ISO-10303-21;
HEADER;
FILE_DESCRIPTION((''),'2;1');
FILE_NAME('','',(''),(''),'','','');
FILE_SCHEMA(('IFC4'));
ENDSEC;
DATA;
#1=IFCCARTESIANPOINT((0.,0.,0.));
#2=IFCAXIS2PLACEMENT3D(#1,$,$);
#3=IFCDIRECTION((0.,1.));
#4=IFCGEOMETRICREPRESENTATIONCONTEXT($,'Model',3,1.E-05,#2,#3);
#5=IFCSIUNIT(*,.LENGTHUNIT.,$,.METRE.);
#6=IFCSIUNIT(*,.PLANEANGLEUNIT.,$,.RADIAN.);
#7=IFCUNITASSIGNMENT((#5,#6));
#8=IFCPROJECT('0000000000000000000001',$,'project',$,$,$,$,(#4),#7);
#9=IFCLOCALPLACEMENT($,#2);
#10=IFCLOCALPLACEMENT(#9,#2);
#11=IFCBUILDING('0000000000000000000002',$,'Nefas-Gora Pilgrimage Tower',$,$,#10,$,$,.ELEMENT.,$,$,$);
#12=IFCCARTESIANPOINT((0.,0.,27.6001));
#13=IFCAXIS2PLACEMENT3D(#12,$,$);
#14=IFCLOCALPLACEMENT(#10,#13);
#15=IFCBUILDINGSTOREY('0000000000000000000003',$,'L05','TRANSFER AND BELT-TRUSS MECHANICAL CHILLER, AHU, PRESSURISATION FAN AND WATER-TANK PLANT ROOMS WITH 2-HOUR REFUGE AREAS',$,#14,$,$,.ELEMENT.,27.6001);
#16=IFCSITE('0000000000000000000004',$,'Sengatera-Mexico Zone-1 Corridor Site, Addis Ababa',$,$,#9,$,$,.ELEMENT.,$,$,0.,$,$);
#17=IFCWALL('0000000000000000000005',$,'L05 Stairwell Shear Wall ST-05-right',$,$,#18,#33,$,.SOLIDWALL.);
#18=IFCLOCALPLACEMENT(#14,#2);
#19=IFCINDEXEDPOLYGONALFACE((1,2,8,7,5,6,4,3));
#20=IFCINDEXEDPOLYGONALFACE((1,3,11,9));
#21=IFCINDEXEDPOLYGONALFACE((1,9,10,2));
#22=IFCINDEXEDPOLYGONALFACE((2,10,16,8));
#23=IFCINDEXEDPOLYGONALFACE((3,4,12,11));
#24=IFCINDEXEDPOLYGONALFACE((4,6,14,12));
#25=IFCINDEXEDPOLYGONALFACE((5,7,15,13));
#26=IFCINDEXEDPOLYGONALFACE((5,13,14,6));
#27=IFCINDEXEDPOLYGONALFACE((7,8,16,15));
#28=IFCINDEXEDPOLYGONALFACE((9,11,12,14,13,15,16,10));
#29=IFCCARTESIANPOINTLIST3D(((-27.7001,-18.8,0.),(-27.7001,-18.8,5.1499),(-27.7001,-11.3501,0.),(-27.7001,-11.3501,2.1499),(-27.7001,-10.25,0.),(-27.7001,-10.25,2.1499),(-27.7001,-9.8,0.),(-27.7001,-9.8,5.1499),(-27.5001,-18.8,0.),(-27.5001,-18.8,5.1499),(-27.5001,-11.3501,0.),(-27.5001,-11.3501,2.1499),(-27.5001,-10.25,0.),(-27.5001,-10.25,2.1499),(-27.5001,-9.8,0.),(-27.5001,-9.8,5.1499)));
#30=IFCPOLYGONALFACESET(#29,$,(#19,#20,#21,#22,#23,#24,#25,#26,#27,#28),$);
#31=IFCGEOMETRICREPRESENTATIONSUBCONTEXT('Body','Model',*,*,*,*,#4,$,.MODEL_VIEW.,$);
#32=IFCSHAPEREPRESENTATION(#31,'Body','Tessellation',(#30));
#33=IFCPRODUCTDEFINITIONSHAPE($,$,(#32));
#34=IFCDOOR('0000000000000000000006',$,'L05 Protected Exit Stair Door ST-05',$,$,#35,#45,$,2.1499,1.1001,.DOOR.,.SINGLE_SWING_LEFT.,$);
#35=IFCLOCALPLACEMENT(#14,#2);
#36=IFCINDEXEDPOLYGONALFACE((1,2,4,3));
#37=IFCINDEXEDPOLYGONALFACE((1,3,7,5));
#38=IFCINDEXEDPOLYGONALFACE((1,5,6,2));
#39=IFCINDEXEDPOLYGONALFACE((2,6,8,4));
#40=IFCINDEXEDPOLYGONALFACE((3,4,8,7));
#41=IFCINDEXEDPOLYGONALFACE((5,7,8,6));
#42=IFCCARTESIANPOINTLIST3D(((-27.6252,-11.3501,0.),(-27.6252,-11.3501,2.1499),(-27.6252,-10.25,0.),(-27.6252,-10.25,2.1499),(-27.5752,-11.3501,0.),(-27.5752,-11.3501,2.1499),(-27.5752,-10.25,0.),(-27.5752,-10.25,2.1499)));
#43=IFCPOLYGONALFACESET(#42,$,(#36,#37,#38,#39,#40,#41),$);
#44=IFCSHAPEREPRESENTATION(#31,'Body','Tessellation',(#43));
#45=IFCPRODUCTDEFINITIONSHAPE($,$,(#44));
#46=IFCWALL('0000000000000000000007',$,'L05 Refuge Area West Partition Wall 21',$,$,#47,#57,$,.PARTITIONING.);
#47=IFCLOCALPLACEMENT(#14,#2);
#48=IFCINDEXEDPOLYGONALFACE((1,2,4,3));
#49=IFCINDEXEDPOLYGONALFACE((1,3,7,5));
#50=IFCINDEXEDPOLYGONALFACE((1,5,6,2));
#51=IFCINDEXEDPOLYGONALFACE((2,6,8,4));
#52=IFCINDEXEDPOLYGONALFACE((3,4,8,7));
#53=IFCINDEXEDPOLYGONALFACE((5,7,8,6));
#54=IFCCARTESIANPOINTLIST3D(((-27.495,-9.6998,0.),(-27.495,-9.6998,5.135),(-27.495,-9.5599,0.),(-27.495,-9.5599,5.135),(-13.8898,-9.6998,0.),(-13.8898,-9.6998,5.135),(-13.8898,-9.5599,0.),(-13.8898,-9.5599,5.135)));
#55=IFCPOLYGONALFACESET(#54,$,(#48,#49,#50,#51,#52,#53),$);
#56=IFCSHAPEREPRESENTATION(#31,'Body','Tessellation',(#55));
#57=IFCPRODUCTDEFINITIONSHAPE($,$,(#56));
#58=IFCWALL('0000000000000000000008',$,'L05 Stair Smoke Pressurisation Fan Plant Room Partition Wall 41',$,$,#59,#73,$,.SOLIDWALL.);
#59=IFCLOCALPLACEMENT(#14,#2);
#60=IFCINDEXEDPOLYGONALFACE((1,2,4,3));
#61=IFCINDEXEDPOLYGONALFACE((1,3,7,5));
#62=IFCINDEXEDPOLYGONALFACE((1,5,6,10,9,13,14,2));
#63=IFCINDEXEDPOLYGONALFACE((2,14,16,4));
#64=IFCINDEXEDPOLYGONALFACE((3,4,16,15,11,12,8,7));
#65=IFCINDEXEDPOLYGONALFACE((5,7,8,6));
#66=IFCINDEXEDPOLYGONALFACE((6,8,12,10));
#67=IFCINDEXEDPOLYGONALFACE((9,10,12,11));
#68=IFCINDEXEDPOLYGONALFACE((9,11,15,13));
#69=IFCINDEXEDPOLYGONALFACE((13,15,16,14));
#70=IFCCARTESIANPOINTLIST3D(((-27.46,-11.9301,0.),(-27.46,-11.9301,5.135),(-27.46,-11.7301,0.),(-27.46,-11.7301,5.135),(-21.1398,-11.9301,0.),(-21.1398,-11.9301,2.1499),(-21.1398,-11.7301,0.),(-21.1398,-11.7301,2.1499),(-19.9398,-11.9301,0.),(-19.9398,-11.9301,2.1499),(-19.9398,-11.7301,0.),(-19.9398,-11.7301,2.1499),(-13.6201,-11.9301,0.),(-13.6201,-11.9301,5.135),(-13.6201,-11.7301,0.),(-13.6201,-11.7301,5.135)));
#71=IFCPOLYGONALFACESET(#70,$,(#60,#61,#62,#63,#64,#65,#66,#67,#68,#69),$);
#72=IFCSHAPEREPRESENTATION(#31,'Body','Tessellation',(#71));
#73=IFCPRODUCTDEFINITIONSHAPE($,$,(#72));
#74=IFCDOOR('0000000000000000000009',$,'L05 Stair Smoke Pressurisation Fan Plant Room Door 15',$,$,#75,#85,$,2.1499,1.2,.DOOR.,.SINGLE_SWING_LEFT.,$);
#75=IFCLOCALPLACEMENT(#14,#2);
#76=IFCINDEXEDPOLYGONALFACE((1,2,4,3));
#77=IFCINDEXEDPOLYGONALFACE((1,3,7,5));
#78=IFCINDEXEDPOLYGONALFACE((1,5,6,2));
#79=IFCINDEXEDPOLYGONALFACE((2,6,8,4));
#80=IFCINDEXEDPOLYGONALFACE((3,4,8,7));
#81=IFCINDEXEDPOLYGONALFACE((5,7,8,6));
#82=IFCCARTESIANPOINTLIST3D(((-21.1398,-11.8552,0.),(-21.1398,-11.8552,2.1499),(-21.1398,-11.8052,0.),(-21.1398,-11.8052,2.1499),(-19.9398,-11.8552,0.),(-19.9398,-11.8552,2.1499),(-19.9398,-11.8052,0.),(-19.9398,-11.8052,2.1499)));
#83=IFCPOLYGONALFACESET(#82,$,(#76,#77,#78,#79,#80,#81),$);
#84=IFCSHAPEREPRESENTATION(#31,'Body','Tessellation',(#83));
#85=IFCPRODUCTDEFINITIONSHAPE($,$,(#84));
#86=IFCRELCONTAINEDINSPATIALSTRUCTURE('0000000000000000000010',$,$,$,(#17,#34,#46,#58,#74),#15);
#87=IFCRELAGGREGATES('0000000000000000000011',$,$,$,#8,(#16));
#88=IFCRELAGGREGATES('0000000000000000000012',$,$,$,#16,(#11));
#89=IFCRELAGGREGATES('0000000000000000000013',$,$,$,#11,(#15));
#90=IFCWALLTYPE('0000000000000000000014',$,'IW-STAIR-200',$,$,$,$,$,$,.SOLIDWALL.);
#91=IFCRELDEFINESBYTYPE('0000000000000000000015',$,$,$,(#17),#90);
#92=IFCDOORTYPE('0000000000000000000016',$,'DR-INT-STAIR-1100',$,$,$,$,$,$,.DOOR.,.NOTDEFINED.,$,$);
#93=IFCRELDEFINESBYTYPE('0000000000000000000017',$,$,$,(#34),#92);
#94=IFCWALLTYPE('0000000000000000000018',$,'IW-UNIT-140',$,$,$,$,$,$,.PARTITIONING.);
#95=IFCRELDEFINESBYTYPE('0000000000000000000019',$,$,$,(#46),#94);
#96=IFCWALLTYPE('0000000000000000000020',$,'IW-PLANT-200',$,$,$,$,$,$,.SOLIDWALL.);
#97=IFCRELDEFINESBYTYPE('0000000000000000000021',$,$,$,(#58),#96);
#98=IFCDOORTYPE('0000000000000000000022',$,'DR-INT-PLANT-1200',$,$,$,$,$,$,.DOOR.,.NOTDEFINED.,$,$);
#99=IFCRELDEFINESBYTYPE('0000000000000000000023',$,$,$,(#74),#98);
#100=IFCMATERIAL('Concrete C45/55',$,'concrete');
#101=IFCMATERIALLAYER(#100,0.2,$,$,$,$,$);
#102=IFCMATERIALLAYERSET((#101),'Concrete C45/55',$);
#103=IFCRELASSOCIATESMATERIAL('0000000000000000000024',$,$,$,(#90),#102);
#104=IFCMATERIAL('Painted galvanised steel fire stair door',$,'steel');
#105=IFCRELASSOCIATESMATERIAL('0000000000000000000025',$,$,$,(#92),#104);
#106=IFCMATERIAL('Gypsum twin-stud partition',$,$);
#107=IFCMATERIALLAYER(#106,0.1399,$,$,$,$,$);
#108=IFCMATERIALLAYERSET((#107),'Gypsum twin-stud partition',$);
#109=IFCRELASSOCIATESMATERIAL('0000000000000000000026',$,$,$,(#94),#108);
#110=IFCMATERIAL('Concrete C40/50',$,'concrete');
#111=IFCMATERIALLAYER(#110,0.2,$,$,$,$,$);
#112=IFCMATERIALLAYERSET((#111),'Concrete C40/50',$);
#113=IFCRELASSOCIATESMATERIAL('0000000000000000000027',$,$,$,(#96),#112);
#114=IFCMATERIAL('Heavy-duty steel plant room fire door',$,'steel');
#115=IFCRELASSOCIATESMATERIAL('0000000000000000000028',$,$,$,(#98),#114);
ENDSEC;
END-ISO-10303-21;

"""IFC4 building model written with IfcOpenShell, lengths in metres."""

from ifc_helpers import new_model, si_unit, direction, frame, frame_2d, origin, place, context, subcontext, project, spatial, rectangle, extrude, source, transform, mapped, material, layer, layer_set, type_object, element, fill, save


model = new_model("IFC4")

# Units and contexts
model_context = context("Model", 3, precision=1e-05, world=origin(), true_north=direction((0.0, 1.0)))
body_context = subcontext(model_context, "Body", "Model", "MODEL_VIEW")
ifc_project = project(units=[si_unit("LENGTHUNIT", "METRE"), si_unit("PLANEANGLEUNIT", "RADIAN")], contexts=[model_context])

# Site, building, storey
site_placement = place(None, origin())
site = spatial("IfcSite", under=ifc_project, at=site_placement, Name="Sengatera-Mexico Zone-1 Corridor Site, Addis Ababa", CompositionType="ELEMENT", RefElevation=0.0)
building_placement = place(site_placement, origin())
building = spatial("IfcBuilding", under=site, at=building_placement, Name="Nefas-Gora Pilgrimage Tower", CompositionType="ELEMENT")
storey_placement = place(building_placement, frame((0.0, 0.0, 27.6001)))
storey = spatial("IfcBuildingStorey", under=building, at=storey_placement, Name="L05", Description="TRANSFER AND BELT-TRUSS MECHANICAL CHILLER, AHU, PRESSURISATION FAN AND WATER-TANK PLANT ROOMS WITH 2-HOUR REFUGE AREAS", CompositionType="ELEMENT", Elevation=27.6001)

# Shared definitions
ifc_material_1 = material(Name="Concrete C45/55", Category="concrete")
ifc_layer_1 = layer(ifc_material_1, 0.2)
ifc_layer_set_1 = layer_set([ifc_layer_1], Name="Concrete C45/55")
wall_type_1 = type_object("IfcWallType", Name="IW-STAIR-200", PredefinedType="SOLIDWALL", material=ifc_layer_set_1)
shared_shape_1 = source(origin(), body_context, "Body", "SweptSolid", [
    extrude(rectangle(XDim=9.0, YDim=0.2, at=frame_2d((4.5, 0.0))), origin(), (0.0, 0.0, 1.0), 5.1499),
])

# Wall, opening, door
wall_1_placement = place(storey_placement, frame((-27.6001, -9.8, 0.0), z_axis=(0.0, 0.0, 1.0), x_axis=(0.0, -1.0, 0.0)))
wall_1 = element("IfcWall", 1, at=wall_1_placement, inside=storey, type_object=wall_type_1, Name="L05 Stairwell Shear Wall ST-05-right", PredefinedType="SOLIDWALL", context=body_context, shape_type="MappedRepresentation", body=[
    mapped(shared_shape_1, transform((0.0, 0.0, 0.0), x_axis=(1.0, 0.0, 0.0), y_axis=(0.0, 1.0, 0.0), z_axis=(0.0, 0.0, 1.0), scale=1.0)),
])
opening_1_placement = place(wall_1_placement, frame((0.45, 0.0, 0.0)))
opening_1 = element("IfcOpeningElement", 2, at=opening_1_placement, cuts=wall_1, PredefinedType="OPENING", context=body_context, shape_type="SweptSolid", body=[
    extrude(rectangle(XDim=1.1001, YDim=2.1499, at=frame_2d((0.55, 1.075))), frame((0.0, 0.1099, 0.0), z_axis=(0.0, -1.0, 0.0), x_axis=(1.0, 0.0, 0.0)), (0.0, 0.0, 1.0), 0.22),
])
ifc_material_2 = material(Name="Painted galvanised steel fire stair door", Category="steel")
door_type_1 = type_object("IfcDoorType", Name="DR-INT-STAIR-1100", OperationType="NOTDEFINED", PredefinedType="DOOR", material=ifc_material_2)
shared_shape_2 = source(origin(), body_context, "Body", "SweptSolid", [
    extrude(rectangle(XDim=1.1001, YDim=2.1499, at=frame_2d((0.55, 1.075))), frame((0.0, 0.0249, 0.0), z_axis=(0.0, -1.0, 0.0), x_axis=(1.0, 0.0, 0.0)), (0.0, 0.0, 1.0), 0.05),
])
door_1_placement = place(opening_1_placement, origin())
door_1 = element("IfcDoor", 3, at=door_1_placement, inside=storey, type_object=door_type_1, Name="L05 Protected Exit Stair Door ST-05", OperationType="SINGLE_SWING_LEFT", OverallHeight=2.1499, OverallWidth=1.1001, PredefinedType="DOOR", context=body_context, shape_type="MappedRepresentation", body=[
    mapped(shared_shape_2, transform((0.0, 0.0, 0.0), x_axis=(1.0, 0.0, 0.0), y_axis=(0.0, 1.0, 0.0), z_axis=(0.0, 0.0, 1.0), scale=1.0)),
])
fill(opening_1, door_1)

# Wall
ifc_material_3 = material(Name="Gypsum twin-stud partition")
ifc_layer_2 = layer(ifc_material_3, 0.1399)
ifc_layer_set_2 = layer_set([ifc_layer_2], Name="Gypsum twin-stud partition")
wall_type_2 = type_object("IfcWallType", Name="IW-UNIT-140", PredefinedType="PARTITIONING", material=ifc_layer_set_2)
shared_shape_3 = source(origin(), body_context, "Body", "SweptSolid", [
    extrude(rectangle(XDim=13.6052, YDim=0.1399, at=frame_2d((6.8027, 0.0))), origin(), (0.0, 0.0, 1.0), 5.135),
])
wall_2_placement = place(storey_placement, frame((-27.4951, -9.6299, 0.0), z_axis=(0.0, 0.0, 1.0), x_axis=(1.0, 0.0, 0.0)))
element("IfcWall", 4, at=wall_2_placement, inside=storey, type_object=wall_type_2, Name="L05 Refuge Area West Partition Wall 21", PredefinedType="PARTITIONING", context=body_context, shape_type="MappedRepresentation", body=[
    mapped(shared_shape_3, transform((0.0, 0.0, 0.0), x_axis=(1.0, 0.0, 0.0), y_axis=(0.0, 1.0, 0.0), z_axis=(0.0, 0.0, 1.0), scale=1.0)),
])

# Wall, opening, door
ifc_material_4 = material(Name="Concrete C40/50", Category="concrete")
ifc_layer_3 = layer(ifc_material_4, 0.2)
ifc_layer_set_3 = layer_set([ifc_layer_3], Name="Concrete C40/50")
wall_type_3 = type_object("IfcWallType", Name="IW-PLANT-200", PredefinedType="SOLIDWALL", material=ifc_layer_set_3)
shared_shape_4 = source(origin(), body_context, "Body", "SweptSolid", [
    extrude(rectangle(XDim=13.8398, YDim=0.2, at=frame_2d((6.9199, 0.0))), origin(), (0.0, 0.0, 1.0), 5.135),
])
wall_3_placement = place(storey_placement, frame((-27.46, -11.8301, 0.0), z_axis=(0.0, 0.0, 1.0), x_axis=(1.0, 0.0, 0.0)))
wall_3 = element("IfcWall", 5, at=wall_3_placement, inside=storey, type_object=wall_type_3, Name="L05 Stair Smoke Pressurisation Fan Plant Room Partition Wall 41", PredefinedType="SOLIDWALL", context=body_context, shape_type="MappedRepresentation", body=[
    mapped(shared_shape_4, transform((0.0, 0.0, 0.0), x_axis=(1.0, 0.0, 0.0), y_axis=(0.0, 1.0, 0.0), z_axis=(0.0, 0.0, 1.0), scale=1.0)),
])
opening_2_placement = place(wall_3_placement, frame((6.3201, 0.0, 0.0)))
opening_2 = element("IfcOpeningElement", 6, at=opening_2_placement, cuts=wall_3, PredefinedType="OPENING", context=body_context, shape_type="SweptSolid", body=[
    extrude(rectangle(XDim=1.2, YDim=2.1499, at=frame_2d((0.6001, 1.075))), frame((0.0, 0.1099, 0.0), z_axis=(0.0, -1.0, 0.0), x_axis=(1.0, 0.0, 0.0)), (0.0, 0.0, 1.0), 0.22),
])
ifc_material_5 = material(Name="Heavy-duty steel plant room fire door", Category="steel")
door_type_2 = type_object("IfcDoorType", Name="DR-INT-PLANT-1200", OperationType="NOTDEFINED", PredefinedType="DOOR", material=ifc_material_5)
shared_shape_5 = source(origin(), body_context, "Body", "SweptSolid", [
    extrude(rectangle(XDim=1.2, YDim=2.1499, at=frame_2d((0.6001, 1.075))), frame((0.0, 0.0249, 0.0), z_axis=(0.0, -1.0, 0.0), x_axis=(1.0, 0.0, 0.0)), (0.0, 0.0, 1.0), 0.05),
])
door_2_placement = place(opening_2_placement, origin())
door_2 = element("IfcDoor", 7, at=door_2_placement, inside=storey, type_object=door_type_2, Name="L05 Stair Smoke Pressurisation Fan Plant Room Door 15", OperationType="SINGLE_SWING_LEFT", OverallHeight=2.1499, OverallWidth=1.2, PredefinedType="DOOR", context=body_context, shape_type="MappedRepresentation", body=[
    mapped(shared_shape_5, transform((0.0, 0.0, 0.0), x_axis=(1.0, 0.0, 0.0), y_axis=(0.0, 1.0, 0.0), z_axis=(0.0, 0.0, 1.0), scale=1.0)),
])
fill(opening_2, door_2)

save(model, "model.ifc")
